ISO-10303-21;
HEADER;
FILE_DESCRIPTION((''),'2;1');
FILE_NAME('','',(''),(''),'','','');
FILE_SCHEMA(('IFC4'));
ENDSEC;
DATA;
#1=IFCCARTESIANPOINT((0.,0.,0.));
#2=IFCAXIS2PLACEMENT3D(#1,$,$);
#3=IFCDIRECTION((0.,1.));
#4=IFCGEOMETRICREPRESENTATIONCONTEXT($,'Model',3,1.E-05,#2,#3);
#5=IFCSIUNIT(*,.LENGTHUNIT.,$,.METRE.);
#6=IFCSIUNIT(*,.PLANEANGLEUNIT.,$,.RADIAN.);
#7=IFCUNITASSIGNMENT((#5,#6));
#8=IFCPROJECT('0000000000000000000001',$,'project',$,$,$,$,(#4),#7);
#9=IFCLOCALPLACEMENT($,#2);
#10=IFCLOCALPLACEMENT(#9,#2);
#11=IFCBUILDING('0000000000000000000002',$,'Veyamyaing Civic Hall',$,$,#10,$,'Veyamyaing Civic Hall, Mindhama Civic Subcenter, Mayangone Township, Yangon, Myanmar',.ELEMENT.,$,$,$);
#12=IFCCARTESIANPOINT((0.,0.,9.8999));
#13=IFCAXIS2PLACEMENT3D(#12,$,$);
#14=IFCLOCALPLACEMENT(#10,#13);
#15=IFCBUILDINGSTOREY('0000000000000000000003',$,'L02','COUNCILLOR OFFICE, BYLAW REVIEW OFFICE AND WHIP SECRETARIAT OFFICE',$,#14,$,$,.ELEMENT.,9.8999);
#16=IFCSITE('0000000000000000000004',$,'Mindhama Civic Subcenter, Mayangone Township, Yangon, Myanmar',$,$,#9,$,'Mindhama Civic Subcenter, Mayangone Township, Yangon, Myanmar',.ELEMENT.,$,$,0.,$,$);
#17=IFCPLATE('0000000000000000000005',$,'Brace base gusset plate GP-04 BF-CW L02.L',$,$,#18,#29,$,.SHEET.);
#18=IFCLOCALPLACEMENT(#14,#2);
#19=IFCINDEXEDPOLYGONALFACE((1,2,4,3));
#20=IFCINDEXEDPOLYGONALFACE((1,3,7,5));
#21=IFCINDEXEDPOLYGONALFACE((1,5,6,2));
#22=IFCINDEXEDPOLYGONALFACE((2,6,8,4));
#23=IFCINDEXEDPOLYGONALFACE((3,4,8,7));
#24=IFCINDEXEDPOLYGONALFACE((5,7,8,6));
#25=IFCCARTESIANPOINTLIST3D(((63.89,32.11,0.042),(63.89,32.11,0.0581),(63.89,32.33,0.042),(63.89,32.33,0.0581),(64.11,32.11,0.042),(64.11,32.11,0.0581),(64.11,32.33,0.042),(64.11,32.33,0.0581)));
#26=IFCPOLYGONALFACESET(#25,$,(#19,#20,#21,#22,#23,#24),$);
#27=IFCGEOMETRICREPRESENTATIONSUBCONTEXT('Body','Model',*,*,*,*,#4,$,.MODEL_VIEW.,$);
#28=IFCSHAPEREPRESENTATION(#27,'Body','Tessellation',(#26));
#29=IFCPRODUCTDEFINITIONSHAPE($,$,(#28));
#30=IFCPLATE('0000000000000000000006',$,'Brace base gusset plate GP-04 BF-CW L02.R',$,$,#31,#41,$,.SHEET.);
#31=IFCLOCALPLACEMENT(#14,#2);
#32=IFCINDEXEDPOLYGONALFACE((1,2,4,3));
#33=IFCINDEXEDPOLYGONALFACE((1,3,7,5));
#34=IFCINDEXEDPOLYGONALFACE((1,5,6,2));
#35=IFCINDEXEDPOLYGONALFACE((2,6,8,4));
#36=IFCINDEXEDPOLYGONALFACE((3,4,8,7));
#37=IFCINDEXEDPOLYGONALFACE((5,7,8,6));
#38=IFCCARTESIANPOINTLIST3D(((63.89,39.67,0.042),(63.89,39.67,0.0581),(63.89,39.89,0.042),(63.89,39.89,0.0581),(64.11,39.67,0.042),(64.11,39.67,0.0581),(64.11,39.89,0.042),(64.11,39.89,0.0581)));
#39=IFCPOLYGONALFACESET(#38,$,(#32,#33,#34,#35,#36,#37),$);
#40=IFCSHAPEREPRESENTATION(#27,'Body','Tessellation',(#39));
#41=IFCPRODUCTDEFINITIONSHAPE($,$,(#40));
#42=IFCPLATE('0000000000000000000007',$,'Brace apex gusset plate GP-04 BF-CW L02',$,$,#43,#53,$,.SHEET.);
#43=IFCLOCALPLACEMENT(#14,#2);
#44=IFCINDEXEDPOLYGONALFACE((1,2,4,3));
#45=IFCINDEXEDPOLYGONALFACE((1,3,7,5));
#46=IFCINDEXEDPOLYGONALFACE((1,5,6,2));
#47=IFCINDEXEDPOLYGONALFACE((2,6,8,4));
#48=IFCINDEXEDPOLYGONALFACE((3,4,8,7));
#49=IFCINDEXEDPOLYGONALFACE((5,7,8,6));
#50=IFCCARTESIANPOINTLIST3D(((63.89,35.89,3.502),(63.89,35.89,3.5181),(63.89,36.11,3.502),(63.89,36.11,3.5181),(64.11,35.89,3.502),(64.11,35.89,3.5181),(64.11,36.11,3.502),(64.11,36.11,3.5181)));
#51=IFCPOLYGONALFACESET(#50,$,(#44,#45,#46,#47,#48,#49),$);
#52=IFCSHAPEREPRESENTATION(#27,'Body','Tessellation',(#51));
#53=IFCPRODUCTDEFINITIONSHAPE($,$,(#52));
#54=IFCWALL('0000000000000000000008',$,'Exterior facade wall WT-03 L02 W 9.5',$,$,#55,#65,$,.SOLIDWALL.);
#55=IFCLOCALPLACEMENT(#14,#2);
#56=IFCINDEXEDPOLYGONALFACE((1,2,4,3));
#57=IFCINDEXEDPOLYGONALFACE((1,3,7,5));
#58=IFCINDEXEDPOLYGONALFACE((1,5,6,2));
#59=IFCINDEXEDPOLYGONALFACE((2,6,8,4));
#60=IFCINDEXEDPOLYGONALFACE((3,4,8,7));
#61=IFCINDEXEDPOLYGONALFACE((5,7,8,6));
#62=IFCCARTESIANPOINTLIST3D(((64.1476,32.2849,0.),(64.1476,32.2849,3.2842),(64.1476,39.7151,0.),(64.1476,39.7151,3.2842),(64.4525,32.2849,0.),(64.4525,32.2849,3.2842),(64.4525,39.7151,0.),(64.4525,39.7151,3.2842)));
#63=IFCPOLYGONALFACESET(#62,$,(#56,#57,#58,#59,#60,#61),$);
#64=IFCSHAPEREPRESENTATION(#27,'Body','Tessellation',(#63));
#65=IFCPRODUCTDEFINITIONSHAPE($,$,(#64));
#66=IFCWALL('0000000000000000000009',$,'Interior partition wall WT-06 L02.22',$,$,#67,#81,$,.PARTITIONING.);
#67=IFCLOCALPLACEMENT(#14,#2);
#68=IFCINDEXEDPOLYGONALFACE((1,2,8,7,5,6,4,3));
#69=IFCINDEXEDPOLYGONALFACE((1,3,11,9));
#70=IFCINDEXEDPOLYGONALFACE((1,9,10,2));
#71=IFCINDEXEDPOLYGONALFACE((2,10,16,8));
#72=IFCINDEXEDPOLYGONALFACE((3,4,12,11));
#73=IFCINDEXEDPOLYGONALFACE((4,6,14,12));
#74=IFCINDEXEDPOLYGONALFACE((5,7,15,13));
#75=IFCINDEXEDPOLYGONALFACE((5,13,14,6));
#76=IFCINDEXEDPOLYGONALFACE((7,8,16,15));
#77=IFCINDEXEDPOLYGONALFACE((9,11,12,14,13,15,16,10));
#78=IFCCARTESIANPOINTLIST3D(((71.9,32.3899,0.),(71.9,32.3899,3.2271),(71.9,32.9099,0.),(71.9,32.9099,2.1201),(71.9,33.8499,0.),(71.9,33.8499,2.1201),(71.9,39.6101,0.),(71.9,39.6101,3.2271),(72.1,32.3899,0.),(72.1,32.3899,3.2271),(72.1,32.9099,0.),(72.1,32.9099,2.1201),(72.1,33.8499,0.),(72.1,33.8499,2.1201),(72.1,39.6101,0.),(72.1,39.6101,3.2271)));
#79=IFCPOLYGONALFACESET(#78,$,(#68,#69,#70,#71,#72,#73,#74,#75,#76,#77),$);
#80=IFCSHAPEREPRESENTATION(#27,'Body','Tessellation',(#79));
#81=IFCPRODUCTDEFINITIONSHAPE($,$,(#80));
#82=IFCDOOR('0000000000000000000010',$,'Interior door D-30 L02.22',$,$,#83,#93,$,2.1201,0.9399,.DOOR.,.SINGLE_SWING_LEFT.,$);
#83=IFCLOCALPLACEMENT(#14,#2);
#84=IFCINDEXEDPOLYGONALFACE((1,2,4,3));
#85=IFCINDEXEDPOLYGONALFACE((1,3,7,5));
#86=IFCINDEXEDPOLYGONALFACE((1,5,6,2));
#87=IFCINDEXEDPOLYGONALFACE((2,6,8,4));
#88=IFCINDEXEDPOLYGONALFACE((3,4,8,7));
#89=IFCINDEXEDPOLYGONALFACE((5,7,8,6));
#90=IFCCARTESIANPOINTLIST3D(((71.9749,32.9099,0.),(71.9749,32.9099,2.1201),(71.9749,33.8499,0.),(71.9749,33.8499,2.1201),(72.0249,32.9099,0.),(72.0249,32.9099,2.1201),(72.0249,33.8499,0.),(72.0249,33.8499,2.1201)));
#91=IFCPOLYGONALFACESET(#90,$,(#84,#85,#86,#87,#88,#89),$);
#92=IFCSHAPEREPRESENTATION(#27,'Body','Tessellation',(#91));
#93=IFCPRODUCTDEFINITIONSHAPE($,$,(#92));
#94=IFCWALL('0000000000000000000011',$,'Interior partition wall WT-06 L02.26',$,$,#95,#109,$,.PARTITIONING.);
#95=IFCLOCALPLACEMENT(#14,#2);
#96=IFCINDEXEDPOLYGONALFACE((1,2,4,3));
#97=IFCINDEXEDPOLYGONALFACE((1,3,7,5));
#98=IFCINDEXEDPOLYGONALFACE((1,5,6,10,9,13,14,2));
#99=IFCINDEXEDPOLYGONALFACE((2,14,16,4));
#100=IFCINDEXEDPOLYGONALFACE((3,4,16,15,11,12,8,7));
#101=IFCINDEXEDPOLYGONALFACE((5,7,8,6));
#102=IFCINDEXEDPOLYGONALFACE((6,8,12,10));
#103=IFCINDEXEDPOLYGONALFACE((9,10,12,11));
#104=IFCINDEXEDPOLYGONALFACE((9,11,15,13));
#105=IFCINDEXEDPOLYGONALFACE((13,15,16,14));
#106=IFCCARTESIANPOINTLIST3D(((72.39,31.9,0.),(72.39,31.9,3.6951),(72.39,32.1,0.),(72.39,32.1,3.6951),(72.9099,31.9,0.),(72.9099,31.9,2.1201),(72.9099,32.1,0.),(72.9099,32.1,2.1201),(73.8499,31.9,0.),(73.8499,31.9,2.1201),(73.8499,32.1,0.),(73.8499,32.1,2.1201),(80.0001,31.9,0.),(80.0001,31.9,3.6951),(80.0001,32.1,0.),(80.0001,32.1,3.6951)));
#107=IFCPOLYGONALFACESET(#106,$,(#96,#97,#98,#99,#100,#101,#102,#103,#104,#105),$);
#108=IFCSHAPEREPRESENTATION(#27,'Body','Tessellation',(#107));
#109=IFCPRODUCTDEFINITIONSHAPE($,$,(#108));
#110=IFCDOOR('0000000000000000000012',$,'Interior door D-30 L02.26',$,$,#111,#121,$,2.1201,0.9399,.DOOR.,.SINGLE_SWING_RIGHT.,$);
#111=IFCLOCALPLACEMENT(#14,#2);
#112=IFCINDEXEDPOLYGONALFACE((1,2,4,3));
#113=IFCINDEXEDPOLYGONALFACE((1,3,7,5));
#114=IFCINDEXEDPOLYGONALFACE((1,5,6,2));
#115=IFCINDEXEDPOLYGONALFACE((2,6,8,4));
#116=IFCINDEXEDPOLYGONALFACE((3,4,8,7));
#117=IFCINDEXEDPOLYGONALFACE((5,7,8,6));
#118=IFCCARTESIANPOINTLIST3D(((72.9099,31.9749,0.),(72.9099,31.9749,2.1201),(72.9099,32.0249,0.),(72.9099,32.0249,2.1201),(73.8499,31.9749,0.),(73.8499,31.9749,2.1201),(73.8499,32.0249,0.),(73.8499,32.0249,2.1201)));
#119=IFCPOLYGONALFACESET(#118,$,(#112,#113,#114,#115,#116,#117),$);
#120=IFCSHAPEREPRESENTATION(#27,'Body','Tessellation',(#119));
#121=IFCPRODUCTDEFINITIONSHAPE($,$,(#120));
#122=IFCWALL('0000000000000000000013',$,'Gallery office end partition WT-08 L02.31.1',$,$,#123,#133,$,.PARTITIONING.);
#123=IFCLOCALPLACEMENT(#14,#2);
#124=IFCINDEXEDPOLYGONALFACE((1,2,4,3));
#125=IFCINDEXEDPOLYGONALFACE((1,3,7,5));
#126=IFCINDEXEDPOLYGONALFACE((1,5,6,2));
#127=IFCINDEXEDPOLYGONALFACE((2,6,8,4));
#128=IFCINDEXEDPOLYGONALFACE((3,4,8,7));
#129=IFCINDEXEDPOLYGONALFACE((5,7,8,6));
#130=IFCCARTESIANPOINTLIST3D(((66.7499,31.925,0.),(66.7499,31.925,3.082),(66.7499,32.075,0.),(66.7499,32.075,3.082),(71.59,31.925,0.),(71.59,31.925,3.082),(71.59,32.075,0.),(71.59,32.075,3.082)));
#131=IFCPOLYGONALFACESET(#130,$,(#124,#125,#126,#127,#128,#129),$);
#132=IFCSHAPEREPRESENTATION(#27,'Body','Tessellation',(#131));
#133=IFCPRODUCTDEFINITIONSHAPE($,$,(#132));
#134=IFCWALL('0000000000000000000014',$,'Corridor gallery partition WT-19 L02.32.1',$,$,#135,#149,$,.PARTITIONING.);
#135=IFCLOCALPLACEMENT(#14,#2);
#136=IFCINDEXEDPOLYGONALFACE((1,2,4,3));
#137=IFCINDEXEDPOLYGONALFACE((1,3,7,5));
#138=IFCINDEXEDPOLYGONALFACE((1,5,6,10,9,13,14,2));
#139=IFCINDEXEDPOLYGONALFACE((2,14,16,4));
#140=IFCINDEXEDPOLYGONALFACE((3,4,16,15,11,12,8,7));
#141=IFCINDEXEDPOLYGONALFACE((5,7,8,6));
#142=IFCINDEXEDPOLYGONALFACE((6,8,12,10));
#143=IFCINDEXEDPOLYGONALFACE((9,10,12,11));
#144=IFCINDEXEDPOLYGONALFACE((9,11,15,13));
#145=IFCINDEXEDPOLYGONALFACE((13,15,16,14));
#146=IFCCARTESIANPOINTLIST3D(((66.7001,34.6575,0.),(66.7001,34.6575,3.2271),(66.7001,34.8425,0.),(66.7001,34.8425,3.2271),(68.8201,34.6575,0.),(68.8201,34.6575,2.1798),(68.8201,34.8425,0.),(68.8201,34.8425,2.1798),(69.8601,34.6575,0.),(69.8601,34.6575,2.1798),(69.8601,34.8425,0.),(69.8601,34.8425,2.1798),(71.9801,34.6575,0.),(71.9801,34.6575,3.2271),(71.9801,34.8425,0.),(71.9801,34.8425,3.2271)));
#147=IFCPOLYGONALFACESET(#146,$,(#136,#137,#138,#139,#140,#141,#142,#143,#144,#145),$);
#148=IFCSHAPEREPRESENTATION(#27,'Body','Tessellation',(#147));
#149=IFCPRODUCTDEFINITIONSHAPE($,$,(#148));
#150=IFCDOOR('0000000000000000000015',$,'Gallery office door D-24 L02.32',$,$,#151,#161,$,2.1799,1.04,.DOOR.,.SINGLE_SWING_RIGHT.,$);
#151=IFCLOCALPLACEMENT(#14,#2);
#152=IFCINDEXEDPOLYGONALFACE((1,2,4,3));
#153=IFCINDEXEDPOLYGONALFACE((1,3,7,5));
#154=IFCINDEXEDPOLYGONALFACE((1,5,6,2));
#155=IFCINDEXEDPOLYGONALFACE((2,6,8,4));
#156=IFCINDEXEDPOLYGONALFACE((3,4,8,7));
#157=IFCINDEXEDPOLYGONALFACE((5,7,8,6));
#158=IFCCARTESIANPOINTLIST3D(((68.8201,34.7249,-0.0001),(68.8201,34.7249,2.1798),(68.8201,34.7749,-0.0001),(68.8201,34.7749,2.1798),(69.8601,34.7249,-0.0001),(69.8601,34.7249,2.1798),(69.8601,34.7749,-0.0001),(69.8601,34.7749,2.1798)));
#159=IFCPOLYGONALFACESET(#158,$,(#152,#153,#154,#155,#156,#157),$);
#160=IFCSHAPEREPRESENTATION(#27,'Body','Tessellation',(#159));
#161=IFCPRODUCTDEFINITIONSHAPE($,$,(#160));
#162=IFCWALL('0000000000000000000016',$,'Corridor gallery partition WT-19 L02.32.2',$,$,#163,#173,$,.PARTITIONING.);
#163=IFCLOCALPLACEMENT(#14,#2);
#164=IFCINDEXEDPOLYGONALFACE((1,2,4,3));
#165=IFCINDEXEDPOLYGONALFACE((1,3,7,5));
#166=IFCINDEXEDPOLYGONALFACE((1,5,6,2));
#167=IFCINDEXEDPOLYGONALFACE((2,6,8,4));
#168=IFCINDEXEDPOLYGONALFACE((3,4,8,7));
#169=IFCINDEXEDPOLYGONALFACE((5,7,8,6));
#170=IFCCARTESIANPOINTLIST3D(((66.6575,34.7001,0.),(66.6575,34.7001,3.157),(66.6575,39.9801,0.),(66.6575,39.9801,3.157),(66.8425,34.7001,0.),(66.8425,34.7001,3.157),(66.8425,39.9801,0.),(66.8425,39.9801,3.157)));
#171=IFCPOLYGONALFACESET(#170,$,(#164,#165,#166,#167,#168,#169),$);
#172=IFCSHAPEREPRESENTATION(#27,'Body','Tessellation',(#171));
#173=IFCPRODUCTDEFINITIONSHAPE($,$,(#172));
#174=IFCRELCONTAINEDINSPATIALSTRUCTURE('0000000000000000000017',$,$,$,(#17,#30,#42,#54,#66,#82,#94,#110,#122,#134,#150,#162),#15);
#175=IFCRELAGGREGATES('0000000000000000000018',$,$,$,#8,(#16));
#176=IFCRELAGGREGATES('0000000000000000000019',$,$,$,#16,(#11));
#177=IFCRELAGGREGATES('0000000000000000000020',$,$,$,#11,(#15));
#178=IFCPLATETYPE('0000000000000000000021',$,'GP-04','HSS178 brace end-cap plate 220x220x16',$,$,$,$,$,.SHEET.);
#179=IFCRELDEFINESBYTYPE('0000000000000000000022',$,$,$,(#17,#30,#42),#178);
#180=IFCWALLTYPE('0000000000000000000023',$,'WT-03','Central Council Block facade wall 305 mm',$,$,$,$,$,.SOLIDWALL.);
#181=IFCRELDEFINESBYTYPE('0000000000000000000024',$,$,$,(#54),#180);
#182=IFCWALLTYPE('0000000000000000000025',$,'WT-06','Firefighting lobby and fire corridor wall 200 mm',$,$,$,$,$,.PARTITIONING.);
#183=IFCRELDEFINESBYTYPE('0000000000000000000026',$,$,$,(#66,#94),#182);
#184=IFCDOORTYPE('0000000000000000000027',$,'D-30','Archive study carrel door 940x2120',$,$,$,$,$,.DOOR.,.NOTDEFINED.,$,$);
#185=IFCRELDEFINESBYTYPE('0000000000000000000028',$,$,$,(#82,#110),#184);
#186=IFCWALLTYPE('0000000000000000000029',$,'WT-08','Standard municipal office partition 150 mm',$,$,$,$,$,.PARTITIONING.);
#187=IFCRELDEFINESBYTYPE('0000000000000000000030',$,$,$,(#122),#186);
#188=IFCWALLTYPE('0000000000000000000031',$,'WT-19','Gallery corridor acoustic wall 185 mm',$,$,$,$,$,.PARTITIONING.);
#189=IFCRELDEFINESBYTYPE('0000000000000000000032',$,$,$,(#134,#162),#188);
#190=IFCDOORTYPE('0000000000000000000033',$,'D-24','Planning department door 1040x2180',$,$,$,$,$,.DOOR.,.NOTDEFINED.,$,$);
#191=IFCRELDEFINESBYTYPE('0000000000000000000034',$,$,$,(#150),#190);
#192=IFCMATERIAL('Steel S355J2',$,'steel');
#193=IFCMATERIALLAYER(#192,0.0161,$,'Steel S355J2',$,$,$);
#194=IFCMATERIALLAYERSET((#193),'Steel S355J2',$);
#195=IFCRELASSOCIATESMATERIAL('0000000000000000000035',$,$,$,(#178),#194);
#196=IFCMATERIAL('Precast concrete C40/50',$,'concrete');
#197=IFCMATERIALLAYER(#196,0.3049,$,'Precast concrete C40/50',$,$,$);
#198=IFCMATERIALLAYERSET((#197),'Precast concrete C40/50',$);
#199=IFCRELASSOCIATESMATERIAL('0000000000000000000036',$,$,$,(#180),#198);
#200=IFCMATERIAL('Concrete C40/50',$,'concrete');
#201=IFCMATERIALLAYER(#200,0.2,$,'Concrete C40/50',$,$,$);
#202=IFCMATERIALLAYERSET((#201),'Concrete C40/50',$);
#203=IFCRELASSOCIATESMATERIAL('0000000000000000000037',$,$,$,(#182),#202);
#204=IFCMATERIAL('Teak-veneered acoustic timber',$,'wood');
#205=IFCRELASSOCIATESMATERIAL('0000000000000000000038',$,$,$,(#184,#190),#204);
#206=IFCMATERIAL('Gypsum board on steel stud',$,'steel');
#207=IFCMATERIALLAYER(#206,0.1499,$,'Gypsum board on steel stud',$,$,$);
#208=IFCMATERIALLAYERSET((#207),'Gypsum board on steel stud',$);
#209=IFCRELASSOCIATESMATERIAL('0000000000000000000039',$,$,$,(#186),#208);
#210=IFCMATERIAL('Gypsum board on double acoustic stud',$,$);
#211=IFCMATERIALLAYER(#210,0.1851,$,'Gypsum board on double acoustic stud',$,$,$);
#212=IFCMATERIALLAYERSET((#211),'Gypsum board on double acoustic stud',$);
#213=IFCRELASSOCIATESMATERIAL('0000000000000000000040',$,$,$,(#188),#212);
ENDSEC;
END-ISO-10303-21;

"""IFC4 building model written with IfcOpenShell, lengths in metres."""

from ifc_helpers import new_model, si_unit, direction, frame, frame_2d, origin, origin_2d, place, context, subcontext, project, spatial, rectangle, extrude, material, layer, layer_set, type_object, element, fill, save


model = new_model("IFC4")

# Units and contexts
model_context = context("Model", 3, precision=1e-05, world=origin(), true_north=direction((0.0, 1.0)))
body_context = subcontext(model_context, "Body", "Model", "MODEL_VIEW")
ifc_project = project(units=[si_unit("LENGTHUNIT", "METRE"), si_unit("PLANEANGLEUNIT", "RADIAN")], contexts=[model_context])

# Site, building, storey
site_placement = place(None, origin())
site = spatial("IfcSite", under=ifc_project, at=site_placement, Name="Mindhama Civic Subcenter, Mayangone Township, Yangon, Myanmar", LongName="Mindhama Civic Subcenter, Mayangone Township, Yangon, Myanmar", CompositionType="ELEMENT", RefElevation=0.0)
building_placement = place(site_placement, origin())
building = spatial("IfcBuilding", under=site, at=building_placement, Name="Veyamyaing Civic Hall", LongName="Veyamyaing Civic Hall, Mindhama Civic Subcenter, Mayangone Township, Yangon, Myanmar", CompositionType="ELEMENT")
storey_placement = place(building_placement, frame((0.0, 0.0, 9.8999)))
storey = spatial("IfcBuildingStorey", under=building, at=storey_placement, Name="L02", Description="COUNCILLOR OFFICE, BYLAW REVIEW OFFICE AND WHIP SECRETARIAT OFFICE", CompositionType="ELEMENT", Elevation=9.8999)

# Shared definitions
ifc_material_1 = material(Name="Steel S355J2", Category="steel")

# Plates
ifc_layer_1 = layer(ifc_material_1, 0.0161, Name="Steel S355J2")
ifc_layer_set_1 = layer_set([ifc_layer_1], Name="Steel S355J2")
plate_type = type_object("IfcPlateType", Name="GP-04", Description="HSS178 brace end-cap plate 220x220x16", PredefinedType="SHEET", material=ifc_layer_set_1)
for number, where, z_axis, x_axis, name in (
    (1, (64.0, 32.22, 0.042), (0.0, 0.0, 1.0), (1.0, 0.0, 0.0), "Brace base gusset plate GP-04 BF-CW L02.L"),
    (2, (64.0, 39.78, 0.042), (0.0, 0.0, 1.0), (1.0, 0.0, 0.0), "Brace base gusset plate GP-04 BF-CW L02.R"),
    (3, (64.0, 36.0, 3.502), (0.0, 0.0, 1.0), (1.0, 0.0, 0.0), "Brace apex gusset plate GP-04 BF-CW L02"),
):
    element("IfcPlate", number, at=place(storey_placement, frame(where, z_axis=z_axis, x_axis=x_axis)), inside=storey, type_object=plate_type, Name=name, PredefinedType="SHEET", context=body_context, shape_type="SweptSolid", body=[
        extrude(rectangle(XDim=0.22, YDim=0.22, at=origin_2d()), origin(), (0.0, 0.0, 1.0), 0.0161),
    ])

# Wall
ifc_material_2 = material(Name="Precast concrete C40/50", Category="concrete")
ifc_layer_2 = layer(ifc_material_2, 0.3049, Name="Precast concrete C40/50")
ifc_layer_set_2 = layer_set([ifc_layer_2], Name="Precast concrete C40/50")
wall_type_1 = type_object("IfcWallType", Name="WT-03", Description="Central Council Block facade wall 305 mm", PredefinedType="SOLIDWALL", material=ifc_layer_set_2)
wall_1_placement = place(storey_placement, frame((64.3, 32.2849, 0.0), z_axis=(0.0, 0.0, 1.0), x_axis=(0.0, 1.0, 0.0)))
element("IfcWall", 4, at=wall_1_placement, inside=storey, type_object=wall_type_1, Name="Exterior facade wall WT-03 L02 W 9.5", PredefinedType="SOLIDWALL", context=body_context, shape_type="SweptSolid", body=[
    extrude(rectangle(XDim=7.4302, YDim=0.3049, at=frame_2d((3.7151, 0.0))), origin(), (0.0, 0.0, 1.0), 3.2842),
])

# Walls, openings, doors
ifc_material_3 = material(Name="Concrete C40/50", Category="concrete")
ifc_layer_3 = layer(ifc_material_3, 0.2, Name="Concrete C40/50")
ifc_layer_set_3 = layer_set([ifc_layer_3], Name="Concrete C40/50")
wall_type_2 = type_object("IfcWallType", Name="WT-06", Description="Firefighting lobby and fire corridor wall 200 mm", PredefinedType="PARTITIONING", material=ifc_layer_set_3)
wall_2_placement = place(storey_placement, frame((72.0, 32.3899, 0.0), z_axis=(0.0, 0.0, 1.0), x_axis=(0.0, 1.0, 0.0)))
wall_2 = element("IfcWall", 5, at=wall_2_placement, inside=storey, type_object=wall_type_2, Name="Interior partition wall WT-06 L02.22", PredefinedType="PARTITIONING", context=body_context, shape_type="SweptSolid", body=[
    extrude(rectangle(XDim=7.2202, YDim=0.2, at=frame_2d((3.6101, 0.0))), origin(), (0.0, 0.0, 1.0), 3.2271),
])
opening_1_placement = place(wall_2_placement, frame((0.52, 0.0, 0.0)))
opening_1 = element("IfcOpeningElement", 6, at=opening_1_placement, cuts=wall_2, PredefinedType="OPENING", context=body_context, shape_type="SweptSolid", body=[
    extrude(rectangle(XDim=0.9399, YDim=2.1201, at=frame_2d((0.47, 1.0601))), frame((0.0, 0.1099, 0.0), z_axis=(0.0, -1.0, 0.0), x_axis=(1.0, 0.0, 0.0)), (0.0, 0.0, 1.0), 0.22),
])
ifc_material_4 = material(Name="Teak-veneered acoustic timber", Category="wood")
door_type_1 = type_object("IfcDoorType", Name="D-30", Description="Archive study carrel door 940x2120", OperationType="NOTDEFINED", PredefinedType="DOOR", material=ifc_material_4)
door_1_placement = place(opening_1_placement, frame((0.9399, 0.0, 0.0), z_axis=(0.0, 0.0, 1.0), x_axis=(-1.0, 0.0, 0.0)))
door_1 = element("IfcDoor", 7, at=door_1_placement, inside=storey, type_object=door_type_1, Name="Interior door D-30 L02.22", OperationType="SINGLE_SWING_LEFT", OverallHeight=2.1201, OverallWidth=0.9399, PredefinedType="DOOR", context=body_context, shape_type="SweptSolid", body=[
    extrude(rectangle(XDim=0.9399, YDim=2.1201, at=frame_2d((0.47, 1.0601))), frame((0.0, 0.0249, 0.0), z_axis=(0.0, -1.0, 0.0), x_axis=(1.0, 0.0, 0.0)), (0.0, 0.0, 1.0), 0.05),
])
fill(opening_1, door_1)
wall_3_placement = place(storey_placement, frame((72.3899, 32.0, 0.0), z_axis=(0.0, 0.0, 1.0), x_axis=(1.0, 0.0, 0.0)))
wall_3 = element("IfcWall", 8, at=wall_3_placement, inside=storey, type_object=wall_type_2, Name="Interior partition wall WT-06 L02.26", PredefinedType="PARTITIONING", context=body_context, shape_type="SweptSolid", body=[
    extrude(rectangle(XDim=7.6101, YDim=0.2, at=frame_2d((3.8052, 0.0))), origin(), (0.0, 0.0, 1.0), 3.6951),
])
opening_2_placement = place(wall_3_placement, frame((0.52, 0.0, 0.0)))
opening_2 = element("IfcOpeningElement", 9, at=opening_2_placement, cuts=wall_3, PredefinedType="OPENING", context=body_context, shape_type="SweptSolid", body=[
    extrude(rectangle(XDim=0.9399, YDim=2.1201, at=frame_2d((0.47, 1.0601))), frame((0.0, 0.1099, 0.0), z_axis=(0.0, -1.0, 0.0), x_axis=(1.0, 0.0, 0.0)), (0.0, 0.0, 1.0), 0.22),
])
door_2_placement = place(opening_2_placement, origin())
door_2 = element("IfcDoor", 10, at=door_2_placement, inside=storey, type_object=door_type_1, Name="Interior door D-30 L02.26", OperationType="SINGLE_SWING_RIGHT", OverallHeight=2.1201, OverallWidth=0.9399, PredefinedType="DOOR", context=body_context, shape_type="SweptSolid", body=[
    extrude(rectangle(XDim=0.9399, YDim=2.1201, at=frame_2d((0.47, 1.0601))), frame((0.0, 0.0249, 0.0), z_axis=(0.0, -1.0, 0.0), x_axis=(1.0, 0.0, 0.0)), (0.0, 0.0, 1.0), 0.05),
])
fill(opening_2, door_2)

# Wall
ifc_material_5 = material(Name="Gypsum board on steel stud", Category="steel")
ifc_layer_4 = layer(ifc_material_5, 0.1499, Name="Gypsum board on steel stud")
ifc_layer_set_4 = layer_set([ifc_layer_4], Name="Gypsum board on steel stud")
wall_type_3 = type_object("IfcWallType", Name="WT-08", Description="Standard municipal office partition 150 mm", PredefinedType="PARTITIONING", material=ifc_layer_set_4)
wall_4_placement = place(storey_placement, frame((66.75, 32.0, 0.0), z_axis=(0.0, 0.0, 1.0), x_axis=(1.0, 0.0, 0.0)))
element("IfcWall", 11, at=wall_4_placement, inside=storey, type_object=wall_type_3, Name="Gallery office end partition WT-08 L02.31.1", PredefinedType="PARTITIONING", context=body_context, shape_type="SweptSolid", body=[
    extrude(rectangle(XDim=4.8401, YDim=0.1499, at=frame_2d((2.4199, 0.0))), origin(), (0.0, 0.0, 1.0), 3.082),
])

# Wall, opening, door
ifc_material_6 = material(Name="Gypsum board on double acoustic stud")
ifc_layer_5 = layer(ifc_material_6, 0.1851, Name="Gypsum board on double acoustic stud")
ifc_layer_set_5 = layer_set([ifc_layer_5], Name="Gypsum board on double acoustic stud")
wall_type_4 = type_object("IfcWallType", Name="WT-19", Description="Gallery corridor acoustic wall 185 mm", PredefinedType="PARTITIONING", material=ifc_layer_set_5)
wall_5_placement = place(storey_placement, frame((66.7, 34.75, 0.0), z_axis=(0.0, 0.0, 1.0), x_axis=(1.0, 0.0, 0.0)))
wall_5 = element("IfcWall", 12, at=wall_5_placement, inside=storey, type_object=wall_type_4, Name="Corridor gallery partition WT-19 L02.32.1", PredefinedType="PARTITIONING", context=body_context, shape_type="SweptSolid", body=[
    extrude(rectangle(XDim=5.28, YDim=0.1851, at=frame_2d((2.6401, 0.0))), origin(), (0.0, 0.0, 1.0), 3.2271),
])
opening_3_placement = place(wall_5_placement, frame((2.1201, 0.0, 0.0)))
opening_3 = element("IfcOpeningElement", 13, at=opening_3_placement, cuts=wall_5, PredefinedType="OPENING", context=body_context, shape_type="SweptSolid", body=[
    extrude(rectangle(XDim=1.04, YDim=2.1799, at=frame_2d((0.52, 1.0898))), frame((0.0, 0.1025, 0.0), z_axis=(0.0, -1.0, 0.0), x_axis=(1.0, 0.0, 0.0)), (0.0, 0.0, 1.0), 0.2051),
])
door_type_2 = type_object("IfcDoorType", Name="D-24", Description="Planning department door 1040x2180", OperationType="NOTDEFINED", PredefinedType="DOOR", material=ifc_material_4)
door_3_placement = place(opening_3_placement, origin())
door_3 = element("IfcDoor", 14, at=door_3_placement, inside=storey, type_object=door_type_2, Name="Gallery office door D-24 L02.32", OperationType="SINGLE_SWING_RIGHT", OverallHeight=2.1799, OverallWidth=1.04, PredefinedType="DOOR", context=body_context, shape_type="SweptSolid", body=[
    extrude(rectangle(XDim=1.04, YDim=2.1799, at=frame_2d((0.52, 1.0898))), frame((0.0, 0.0249, 0.0), z_axis=(0.0, -1.0, 0.0), x_axis=(1.0, 0.0, 0.0)), (0.0, 0.0, 1.0), 0.05),
])
fill(opening_3, door_3)

# Wall
wall_6_placement = place(storey_placement, frame((66.75, 34.7, 0.0), z_axis=(0.0, 0.0, 1.0), x_axis=(0.0, 1.0, 0.0)))
element("IfcWall", 15, at=wall_6_placement, inside=storey, type_object=wall_type_4, Name="Corridor gallery partition WT-19 L02.32.2", PredefinedType="PARTITIONING", context=body_context, shape_type="SweptSolid", body=[
    extrude(rectangle(XDim=5.28, YDim=0.1851, at=frame_2d((2.6401, 0.0))), origin(), (0.0, 0.0, 1.0), 3.157),
])

save(model, "model.ifc")
